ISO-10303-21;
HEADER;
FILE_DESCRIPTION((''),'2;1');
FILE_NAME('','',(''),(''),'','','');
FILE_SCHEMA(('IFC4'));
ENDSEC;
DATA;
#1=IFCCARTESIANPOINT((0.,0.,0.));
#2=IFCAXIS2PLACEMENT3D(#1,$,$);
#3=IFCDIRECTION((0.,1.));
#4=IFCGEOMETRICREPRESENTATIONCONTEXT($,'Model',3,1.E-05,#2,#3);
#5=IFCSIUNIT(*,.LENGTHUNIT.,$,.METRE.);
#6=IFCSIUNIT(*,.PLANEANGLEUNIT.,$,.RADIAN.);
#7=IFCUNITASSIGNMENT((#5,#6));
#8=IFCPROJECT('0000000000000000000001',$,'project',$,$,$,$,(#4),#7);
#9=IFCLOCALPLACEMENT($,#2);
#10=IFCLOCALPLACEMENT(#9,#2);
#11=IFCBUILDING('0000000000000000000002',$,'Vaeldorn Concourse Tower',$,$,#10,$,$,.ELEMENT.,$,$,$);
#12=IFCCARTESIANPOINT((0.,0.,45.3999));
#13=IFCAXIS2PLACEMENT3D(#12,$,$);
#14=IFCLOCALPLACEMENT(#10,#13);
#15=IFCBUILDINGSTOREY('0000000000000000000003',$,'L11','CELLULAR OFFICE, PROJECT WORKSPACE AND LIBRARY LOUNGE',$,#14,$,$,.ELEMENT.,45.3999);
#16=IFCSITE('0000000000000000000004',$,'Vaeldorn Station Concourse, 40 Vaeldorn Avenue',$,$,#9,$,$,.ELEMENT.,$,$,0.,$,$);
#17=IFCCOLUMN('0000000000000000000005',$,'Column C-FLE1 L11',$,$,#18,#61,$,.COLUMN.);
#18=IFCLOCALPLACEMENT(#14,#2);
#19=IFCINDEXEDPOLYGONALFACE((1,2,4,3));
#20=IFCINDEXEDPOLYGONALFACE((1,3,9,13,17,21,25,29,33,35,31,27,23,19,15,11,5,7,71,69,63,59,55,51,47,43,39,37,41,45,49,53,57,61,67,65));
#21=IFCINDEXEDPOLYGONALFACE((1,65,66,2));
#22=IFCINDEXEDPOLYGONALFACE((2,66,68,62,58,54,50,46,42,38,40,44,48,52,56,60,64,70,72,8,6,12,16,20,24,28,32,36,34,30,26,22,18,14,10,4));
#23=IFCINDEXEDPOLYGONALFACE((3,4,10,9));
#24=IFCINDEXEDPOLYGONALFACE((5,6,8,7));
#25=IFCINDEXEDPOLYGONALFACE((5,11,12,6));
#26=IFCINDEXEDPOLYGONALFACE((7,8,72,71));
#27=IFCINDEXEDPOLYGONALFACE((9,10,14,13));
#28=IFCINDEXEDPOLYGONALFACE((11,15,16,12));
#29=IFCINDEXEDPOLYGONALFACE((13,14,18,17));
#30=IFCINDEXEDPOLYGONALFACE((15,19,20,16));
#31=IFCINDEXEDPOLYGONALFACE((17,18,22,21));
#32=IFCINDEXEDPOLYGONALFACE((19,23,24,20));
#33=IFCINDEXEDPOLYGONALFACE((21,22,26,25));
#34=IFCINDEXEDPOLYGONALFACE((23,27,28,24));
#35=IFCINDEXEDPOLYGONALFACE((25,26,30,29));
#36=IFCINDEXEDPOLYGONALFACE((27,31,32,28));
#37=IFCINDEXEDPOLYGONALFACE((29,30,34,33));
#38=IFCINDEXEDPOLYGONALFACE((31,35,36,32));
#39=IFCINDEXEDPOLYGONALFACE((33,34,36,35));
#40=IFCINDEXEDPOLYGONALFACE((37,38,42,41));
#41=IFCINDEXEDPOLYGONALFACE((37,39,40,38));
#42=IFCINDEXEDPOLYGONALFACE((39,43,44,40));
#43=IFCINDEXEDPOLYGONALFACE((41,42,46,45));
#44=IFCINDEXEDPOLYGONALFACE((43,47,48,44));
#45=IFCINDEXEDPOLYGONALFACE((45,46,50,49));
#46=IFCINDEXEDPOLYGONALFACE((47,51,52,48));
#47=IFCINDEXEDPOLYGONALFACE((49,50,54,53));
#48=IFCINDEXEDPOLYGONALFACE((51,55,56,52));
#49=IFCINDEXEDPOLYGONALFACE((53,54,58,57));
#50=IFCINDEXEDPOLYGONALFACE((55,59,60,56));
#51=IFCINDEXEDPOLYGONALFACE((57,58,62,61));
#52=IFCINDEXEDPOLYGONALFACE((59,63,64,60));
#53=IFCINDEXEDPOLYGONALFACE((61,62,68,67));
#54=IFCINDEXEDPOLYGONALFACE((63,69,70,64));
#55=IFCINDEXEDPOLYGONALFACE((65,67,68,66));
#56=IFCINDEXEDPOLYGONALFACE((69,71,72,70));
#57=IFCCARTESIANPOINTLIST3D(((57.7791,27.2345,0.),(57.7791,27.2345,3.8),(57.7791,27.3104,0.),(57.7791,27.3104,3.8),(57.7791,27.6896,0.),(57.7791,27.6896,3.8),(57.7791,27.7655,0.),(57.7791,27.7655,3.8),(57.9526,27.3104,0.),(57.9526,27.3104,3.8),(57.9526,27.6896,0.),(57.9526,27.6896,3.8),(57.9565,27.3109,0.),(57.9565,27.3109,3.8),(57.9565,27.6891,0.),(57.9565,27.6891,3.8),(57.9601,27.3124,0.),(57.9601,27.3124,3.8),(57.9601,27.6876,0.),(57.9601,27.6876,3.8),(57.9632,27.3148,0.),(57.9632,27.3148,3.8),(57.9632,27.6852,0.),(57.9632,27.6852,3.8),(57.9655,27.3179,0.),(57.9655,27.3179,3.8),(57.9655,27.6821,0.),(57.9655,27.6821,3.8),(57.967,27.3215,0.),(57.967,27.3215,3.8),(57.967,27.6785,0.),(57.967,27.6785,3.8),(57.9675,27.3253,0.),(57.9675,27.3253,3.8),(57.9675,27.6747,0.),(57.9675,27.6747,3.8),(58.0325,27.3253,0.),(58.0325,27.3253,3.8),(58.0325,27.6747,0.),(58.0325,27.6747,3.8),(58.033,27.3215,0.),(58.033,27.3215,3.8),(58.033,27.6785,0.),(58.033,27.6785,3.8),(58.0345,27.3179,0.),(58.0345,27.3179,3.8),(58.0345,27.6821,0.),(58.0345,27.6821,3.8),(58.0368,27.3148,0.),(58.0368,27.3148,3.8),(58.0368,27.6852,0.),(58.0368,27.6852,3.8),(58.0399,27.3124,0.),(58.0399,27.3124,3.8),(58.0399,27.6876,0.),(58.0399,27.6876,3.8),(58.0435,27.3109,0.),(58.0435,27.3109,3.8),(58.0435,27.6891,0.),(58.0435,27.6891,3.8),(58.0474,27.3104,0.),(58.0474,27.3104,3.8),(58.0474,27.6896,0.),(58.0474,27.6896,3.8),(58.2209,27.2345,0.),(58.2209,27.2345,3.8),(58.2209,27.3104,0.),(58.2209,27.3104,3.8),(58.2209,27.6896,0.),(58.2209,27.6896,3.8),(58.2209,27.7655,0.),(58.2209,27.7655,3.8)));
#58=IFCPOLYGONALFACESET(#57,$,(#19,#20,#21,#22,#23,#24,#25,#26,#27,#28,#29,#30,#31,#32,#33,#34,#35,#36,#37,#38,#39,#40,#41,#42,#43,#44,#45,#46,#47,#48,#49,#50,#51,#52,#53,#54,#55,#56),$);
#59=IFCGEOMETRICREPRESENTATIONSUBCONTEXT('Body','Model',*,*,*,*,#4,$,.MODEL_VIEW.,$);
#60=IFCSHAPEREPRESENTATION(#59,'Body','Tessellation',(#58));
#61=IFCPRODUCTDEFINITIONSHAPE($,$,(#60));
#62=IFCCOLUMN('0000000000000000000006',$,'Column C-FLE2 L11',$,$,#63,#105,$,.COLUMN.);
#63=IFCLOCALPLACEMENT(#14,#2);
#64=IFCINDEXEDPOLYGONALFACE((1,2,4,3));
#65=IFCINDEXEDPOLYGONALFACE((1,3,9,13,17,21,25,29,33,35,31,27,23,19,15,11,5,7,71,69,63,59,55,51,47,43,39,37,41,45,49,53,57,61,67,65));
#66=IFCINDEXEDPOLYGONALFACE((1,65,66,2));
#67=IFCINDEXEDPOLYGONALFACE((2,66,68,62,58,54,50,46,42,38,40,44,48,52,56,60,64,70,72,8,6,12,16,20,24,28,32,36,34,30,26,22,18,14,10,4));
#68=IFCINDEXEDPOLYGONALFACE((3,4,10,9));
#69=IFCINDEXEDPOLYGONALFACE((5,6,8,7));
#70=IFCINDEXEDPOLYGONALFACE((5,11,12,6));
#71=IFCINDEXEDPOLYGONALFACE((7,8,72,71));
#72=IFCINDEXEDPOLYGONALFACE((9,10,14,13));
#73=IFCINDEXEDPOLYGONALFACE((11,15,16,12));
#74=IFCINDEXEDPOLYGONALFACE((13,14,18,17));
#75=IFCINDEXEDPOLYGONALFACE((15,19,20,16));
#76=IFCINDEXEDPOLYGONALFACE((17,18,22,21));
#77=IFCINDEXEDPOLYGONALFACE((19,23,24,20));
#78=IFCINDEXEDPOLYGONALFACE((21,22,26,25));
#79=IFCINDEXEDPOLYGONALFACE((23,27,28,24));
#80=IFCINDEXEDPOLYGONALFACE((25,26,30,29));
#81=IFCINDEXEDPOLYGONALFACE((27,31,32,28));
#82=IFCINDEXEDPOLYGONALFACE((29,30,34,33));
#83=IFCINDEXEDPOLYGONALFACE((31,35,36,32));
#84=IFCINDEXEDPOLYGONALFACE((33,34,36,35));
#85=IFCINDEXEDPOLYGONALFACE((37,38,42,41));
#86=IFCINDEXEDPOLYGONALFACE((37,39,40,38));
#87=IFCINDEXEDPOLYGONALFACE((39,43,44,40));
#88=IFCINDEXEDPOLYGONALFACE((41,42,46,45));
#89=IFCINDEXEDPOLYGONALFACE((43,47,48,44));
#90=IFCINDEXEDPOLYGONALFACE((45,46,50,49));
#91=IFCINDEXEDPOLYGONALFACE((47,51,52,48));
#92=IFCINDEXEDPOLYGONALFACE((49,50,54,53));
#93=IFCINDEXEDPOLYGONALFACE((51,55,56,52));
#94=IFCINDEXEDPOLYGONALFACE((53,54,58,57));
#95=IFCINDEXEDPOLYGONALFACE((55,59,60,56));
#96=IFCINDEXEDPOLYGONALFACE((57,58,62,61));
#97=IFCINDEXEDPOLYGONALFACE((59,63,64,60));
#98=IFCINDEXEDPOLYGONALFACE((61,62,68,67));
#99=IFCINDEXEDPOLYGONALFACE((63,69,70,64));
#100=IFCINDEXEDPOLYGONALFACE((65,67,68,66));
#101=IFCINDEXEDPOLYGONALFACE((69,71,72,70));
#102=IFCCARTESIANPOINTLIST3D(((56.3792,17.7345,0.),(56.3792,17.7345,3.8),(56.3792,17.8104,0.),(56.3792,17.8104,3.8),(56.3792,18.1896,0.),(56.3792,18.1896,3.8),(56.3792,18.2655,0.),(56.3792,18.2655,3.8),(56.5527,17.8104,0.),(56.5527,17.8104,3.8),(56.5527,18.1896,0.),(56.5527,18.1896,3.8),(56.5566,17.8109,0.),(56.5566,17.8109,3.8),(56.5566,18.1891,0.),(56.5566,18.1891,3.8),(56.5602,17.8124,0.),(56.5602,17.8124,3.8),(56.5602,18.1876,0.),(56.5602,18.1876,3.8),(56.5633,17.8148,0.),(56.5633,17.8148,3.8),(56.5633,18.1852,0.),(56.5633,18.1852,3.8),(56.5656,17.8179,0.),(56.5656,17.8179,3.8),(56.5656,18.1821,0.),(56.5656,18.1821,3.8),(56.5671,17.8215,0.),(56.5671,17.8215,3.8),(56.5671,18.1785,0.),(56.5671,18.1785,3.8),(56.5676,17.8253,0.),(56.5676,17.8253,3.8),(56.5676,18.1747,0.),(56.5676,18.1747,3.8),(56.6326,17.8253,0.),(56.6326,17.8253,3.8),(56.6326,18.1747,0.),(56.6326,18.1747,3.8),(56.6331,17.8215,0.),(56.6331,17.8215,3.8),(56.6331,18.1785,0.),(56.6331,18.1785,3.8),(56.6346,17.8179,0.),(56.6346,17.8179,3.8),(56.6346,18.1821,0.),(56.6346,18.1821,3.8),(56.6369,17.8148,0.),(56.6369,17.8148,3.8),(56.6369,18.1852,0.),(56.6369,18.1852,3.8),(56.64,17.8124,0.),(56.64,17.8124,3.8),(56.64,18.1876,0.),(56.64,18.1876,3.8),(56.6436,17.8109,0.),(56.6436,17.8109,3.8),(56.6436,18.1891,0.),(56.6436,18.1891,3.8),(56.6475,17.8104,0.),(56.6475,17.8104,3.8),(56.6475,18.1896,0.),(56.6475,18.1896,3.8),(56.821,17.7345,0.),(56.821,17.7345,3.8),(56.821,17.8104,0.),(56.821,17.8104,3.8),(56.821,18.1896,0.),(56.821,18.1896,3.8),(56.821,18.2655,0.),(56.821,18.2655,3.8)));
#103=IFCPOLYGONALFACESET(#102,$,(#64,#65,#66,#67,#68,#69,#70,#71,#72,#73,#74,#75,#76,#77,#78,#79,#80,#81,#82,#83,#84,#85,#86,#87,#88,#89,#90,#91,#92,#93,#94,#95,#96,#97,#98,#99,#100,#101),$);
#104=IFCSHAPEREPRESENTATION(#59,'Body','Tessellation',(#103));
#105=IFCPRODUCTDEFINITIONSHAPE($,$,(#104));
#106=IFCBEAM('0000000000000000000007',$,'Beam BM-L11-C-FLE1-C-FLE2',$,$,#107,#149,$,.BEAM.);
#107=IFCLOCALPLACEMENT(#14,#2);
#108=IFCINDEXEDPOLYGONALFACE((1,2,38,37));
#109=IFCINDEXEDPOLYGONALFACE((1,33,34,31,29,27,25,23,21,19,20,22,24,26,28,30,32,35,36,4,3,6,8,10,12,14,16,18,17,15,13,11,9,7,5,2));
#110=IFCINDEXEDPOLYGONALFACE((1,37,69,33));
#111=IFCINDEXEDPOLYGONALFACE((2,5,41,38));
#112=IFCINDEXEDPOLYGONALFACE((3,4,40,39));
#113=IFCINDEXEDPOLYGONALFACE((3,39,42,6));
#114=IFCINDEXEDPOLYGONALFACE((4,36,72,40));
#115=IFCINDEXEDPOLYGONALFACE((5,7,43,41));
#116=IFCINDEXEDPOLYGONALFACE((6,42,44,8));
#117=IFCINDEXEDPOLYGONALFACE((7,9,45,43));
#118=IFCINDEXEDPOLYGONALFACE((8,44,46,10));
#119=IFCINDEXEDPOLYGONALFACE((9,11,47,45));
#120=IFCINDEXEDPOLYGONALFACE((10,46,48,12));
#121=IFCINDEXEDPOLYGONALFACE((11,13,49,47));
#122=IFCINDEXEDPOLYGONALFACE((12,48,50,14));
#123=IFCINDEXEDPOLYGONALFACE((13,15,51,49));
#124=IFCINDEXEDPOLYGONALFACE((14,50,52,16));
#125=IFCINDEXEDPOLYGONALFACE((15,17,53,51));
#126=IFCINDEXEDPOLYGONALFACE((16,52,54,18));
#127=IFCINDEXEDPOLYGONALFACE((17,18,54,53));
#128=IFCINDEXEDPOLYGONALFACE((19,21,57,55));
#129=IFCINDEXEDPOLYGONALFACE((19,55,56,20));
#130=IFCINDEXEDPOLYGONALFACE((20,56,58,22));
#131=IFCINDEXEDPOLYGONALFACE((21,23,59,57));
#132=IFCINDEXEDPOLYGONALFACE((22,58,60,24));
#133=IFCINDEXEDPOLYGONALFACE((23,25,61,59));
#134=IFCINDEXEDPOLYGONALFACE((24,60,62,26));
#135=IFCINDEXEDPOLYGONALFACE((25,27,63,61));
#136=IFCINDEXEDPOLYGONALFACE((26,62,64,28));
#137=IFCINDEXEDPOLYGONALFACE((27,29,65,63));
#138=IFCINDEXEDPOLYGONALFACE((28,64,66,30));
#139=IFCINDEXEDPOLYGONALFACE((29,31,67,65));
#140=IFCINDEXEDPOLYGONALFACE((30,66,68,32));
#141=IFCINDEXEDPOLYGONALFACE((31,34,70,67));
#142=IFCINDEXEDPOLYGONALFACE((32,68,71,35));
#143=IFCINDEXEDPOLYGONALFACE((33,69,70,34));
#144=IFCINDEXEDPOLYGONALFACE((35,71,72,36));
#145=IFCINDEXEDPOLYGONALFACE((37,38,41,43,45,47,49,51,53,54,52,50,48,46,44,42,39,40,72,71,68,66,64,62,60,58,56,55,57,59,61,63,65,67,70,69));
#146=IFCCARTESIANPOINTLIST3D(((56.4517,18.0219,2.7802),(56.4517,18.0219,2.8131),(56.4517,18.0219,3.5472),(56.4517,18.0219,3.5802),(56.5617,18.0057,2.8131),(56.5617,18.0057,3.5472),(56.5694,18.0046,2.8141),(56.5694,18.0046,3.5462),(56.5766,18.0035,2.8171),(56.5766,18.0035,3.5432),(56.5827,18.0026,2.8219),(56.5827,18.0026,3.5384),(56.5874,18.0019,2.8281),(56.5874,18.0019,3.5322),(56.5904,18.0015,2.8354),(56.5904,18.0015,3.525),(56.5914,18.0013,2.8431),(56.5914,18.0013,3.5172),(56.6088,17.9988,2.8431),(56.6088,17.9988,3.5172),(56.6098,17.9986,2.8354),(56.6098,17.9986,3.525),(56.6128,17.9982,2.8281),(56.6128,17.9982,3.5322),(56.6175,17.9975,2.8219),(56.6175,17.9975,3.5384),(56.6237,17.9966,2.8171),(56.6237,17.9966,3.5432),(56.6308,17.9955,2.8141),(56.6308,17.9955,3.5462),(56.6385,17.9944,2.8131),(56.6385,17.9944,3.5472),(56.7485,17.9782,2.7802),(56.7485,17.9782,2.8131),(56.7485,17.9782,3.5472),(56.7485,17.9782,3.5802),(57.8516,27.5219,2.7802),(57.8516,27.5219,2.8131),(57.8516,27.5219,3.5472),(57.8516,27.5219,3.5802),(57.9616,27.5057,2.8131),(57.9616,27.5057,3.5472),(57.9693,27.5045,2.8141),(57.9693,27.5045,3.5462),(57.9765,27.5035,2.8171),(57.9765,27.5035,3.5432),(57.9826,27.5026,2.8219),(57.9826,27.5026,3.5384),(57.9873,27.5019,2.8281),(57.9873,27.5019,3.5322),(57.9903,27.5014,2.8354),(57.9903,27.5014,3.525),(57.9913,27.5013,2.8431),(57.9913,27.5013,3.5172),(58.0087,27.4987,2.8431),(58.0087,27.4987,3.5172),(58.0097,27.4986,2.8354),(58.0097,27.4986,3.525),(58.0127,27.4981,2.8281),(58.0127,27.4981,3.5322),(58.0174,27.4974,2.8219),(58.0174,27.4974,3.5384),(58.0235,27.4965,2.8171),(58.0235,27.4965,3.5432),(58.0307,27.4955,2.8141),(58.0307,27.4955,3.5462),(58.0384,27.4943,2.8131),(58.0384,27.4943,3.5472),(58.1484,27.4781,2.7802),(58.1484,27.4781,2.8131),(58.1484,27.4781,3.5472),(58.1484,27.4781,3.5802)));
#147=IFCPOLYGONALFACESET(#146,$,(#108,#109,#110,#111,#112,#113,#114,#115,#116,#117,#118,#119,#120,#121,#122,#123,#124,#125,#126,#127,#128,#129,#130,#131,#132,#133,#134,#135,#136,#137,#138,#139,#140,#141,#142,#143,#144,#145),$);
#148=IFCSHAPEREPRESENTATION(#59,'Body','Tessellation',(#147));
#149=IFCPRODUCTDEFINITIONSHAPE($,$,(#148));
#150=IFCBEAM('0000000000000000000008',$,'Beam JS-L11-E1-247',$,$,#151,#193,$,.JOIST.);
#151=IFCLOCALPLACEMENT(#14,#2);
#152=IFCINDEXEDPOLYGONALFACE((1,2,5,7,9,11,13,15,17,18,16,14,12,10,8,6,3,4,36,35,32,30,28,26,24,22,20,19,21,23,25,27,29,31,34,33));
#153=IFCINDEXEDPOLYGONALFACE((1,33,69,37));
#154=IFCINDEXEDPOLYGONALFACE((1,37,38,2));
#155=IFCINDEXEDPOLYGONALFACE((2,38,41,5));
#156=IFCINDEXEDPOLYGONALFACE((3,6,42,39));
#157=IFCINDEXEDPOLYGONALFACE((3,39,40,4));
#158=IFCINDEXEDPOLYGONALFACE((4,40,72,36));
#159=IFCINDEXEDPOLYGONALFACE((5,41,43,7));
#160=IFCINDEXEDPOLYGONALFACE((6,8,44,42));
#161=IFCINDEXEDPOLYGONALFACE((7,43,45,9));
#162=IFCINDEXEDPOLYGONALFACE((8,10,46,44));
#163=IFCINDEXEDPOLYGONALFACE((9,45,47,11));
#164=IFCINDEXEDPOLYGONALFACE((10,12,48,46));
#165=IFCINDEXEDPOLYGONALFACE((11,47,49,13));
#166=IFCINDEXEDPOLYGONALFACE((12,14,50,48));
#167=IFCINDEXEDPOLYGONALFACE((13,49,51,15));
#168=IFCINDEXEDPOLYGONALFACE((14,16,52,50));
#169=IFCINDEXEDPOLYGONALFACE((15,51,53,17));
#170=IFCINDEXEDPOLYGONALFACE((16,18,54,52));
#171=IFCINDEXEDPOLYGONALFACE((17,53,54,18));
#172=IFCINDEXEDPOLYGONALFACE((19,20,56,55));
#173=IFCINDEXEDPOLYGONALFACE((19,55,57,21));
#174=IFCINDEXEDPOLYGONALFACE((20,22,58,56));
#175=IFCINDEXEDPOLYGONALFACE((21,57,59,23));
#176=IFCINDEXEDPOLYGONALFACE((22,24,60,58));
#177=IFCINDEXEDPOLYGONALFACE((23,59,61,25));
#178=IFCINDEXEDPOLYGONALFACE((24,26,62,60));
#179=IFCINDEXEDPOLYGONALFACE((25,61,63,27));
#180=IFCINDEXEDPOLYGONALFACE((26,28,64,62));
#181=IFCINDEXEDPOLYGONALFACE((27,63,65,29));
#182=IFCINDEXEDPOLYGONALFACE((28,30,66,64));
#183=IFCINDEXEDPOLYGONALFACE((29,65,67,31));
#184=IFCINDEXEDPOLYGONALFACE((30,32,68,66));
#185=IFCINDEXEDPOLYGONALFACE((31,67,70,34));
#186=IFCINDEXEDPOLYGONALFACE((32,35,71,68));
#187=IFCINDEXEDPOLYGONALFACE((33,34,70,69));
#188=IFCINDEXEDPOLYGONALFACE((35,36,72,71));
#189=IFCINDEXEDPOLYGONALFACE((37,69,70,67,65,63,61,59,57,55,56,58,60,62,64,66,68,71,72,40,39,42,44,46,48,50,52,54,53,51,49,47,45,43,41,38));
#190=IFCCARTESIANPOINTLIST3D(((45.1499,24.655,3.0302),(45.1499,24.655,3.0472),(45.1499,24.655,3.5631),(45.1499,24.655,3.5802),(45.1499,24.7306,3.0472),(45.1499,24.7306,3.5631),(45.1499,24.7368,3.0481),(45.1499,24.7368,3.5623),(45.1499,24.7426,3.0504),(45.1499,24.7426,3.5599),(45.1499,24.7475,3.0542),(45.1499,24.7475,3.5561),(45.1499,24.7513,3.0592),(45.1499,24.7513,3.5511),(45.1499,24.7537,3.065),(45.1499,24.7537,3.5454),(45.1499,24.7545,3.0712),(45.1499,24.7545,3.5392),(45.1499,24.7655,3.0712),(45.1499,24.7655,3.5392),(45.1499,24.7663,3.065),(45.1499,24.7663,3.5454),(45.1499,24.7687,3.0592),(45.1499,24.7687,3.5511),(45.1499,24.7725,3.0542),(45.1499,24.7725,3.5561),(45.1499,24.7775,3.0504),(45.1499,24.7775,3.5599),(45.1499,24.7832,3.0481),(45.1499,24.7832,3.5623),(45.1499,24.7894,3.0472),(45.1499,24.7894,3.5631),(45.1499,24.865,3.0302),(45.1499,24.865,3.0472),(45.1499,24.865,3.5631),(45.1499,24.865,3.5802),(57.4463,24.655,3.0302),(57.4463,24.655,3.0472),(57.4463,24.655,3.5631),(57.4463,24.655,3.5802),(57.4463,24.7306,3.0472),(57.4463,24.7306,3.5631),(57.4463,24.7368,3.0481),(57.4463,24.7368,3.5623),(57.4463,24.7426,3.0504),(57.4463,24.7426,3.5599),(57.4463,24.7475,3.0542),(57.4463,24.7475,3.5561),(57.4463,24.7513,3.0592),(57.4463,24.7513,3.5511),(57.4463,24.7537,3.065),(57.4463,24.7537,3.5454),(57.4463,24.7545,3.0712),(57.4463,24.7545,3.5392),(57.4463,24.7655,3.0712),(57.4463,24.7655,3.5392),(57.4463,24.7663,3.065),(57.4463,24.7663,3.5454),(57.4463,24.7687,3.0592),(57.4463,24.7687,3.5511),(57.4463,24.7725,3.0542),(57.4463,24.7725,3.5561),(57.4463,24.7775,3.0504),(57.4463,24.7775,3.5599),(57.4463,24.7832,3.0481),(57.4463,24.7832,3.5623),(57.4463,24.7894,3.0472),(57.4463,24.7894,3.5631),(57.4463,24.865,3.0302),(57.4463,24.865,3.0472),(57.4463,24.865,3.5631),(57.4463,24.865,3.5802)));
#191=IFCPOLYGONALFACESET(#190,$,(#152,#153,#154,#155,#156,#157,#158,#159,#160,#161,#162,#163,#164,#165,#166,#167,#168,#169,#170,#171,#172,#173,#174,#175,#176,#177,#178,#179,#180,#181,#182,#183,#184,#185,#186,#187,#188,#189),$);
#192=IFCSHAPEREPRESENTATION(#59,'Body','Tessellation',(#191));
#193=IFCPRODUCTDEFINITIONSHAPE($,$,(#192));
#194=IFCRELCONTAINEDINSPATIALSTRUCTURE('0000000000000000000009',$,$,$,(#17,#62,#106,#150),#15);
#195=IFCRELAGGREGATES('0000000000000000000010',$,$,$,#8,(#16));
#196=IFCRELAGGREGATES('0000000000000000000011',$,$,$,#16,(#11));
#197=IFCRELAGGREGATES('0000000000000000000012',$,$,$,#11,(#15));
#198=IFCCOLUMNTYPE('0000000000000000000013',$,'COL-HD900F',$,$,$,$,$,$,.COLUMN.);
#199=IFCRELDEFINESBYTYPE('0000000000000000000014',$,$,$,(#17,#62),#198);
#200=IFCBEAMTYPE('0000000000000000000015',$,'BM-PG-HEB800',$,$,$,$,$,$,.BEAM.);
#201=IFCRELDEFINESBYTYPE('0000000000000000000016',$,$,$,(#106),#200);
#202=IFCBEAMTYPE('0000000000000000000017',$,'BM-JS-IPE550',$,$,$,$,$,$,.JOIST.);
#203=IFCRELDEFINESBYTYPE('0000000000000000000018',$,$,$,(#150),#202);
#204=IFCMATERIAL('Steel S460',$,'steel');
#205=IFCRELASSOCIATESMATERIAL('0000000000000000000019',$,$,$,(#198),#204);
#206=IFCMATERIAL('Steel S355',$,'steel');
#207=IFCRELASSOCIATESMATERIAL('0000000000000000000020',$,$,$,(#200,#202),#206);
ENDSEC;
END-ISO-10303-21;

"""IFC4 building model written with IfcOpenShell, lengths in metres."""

from ifc_helpers import new_model, si_unit, direction, frame, origin, origin_2d, place, context, subcontext, project, spatial, i_section, extrude, source, transform, mapped, material, material_profile, profile_set, type_object, element, save


model = new_model("IFC4")

# Units and contexts
model_context = context("Model", 3, precision=1e-05, world=origin(), true_north=direction((0.0, 1.0)))
body_context = subcontext(model_context, "Body", "Model", "MODEL_VIEW")
ifc_project = project(units=[si_unit("LENGTHUNIT", "METRE"), si_unit("PLANEANGLEUNIT", "RADIAN")], contexts=[model_context])

# Site, building, storey
site_placement = place(None, origin())
site = spatial("IfcSite", under=ifc_project, at=site_placement, Name="Vaeldorn Station Concourse, 40 Vaeldorn Avenue", CompositionType="ELEMENT", RefElevation=0.0)
building_placement = place(site_placement, origin())
building = spatial("IfcBuilding", under=site, at=building_placement, Name="Vaeldorn Concourse Tower", CompositionType="ELEMENT")
storey_placement = place(building_placement, frame((0.0, 0.0, 45.3999)))
storey = spatial("IfcBuildingStorey", under=building, at=storey_placement, Name="L11", Description="CELLULAR OFFICE, PROJECT WORKSPACE AND LIBRARY LOUNGE", CompositionType="ELEMENT", Elevation=45.3999)

# Columns
ifc_material_1 = material(Name="Steel S460", Category="steel")
ifc_material_profile_1 = material_profile(ifc_material_1, i_section(OverallWidth=0.4419, OverallDepth=0.531, WebThickness=0.0649, FlangeThickness=0.0759, FilletRadius=0.0149, at=origin_2d()), Name="HD 400x900")
ifc_profile_set_1 = profile_set([ifc_material_profile_1], Name="Steel S460")
column_type = type_object("IfcColumnType", Name="COL-HD900F", PredefinedType="COLUMN", material=ifc_profile_set_1)
shared_shape_1 = source(origin(), body_context, "Body", "SweptSolid", [
    extrude(i_section(OverallWidth=0.4419, OverallDepth=0.531, WebThickness=0.0649, FlangeThickness=0.0759, FilletRadius=0.0149, at=origin_2d()), origin(), (0.0, 0.0, 1.0), 3.8),
])
for number, where, z_axis, x_axis, name in (
    (1, (58.0, 27.5, 0.0), (0.0, 0.0, 1.0), (1.0, 0.0, 0.0), "Column C-FLE1 L11"),
    (2, (56.6001, 18.0, 0.0), (0.0, 0.0, 1.0), (1.0, 0.0, 0.0), "Column C-FLE2 L11"),
):
    element("IfcColumn", number, at=place(storey_placement, frame(where, z_axis=z_axis, x_axis=x_axis)), inside=storey, type_object=column_type, Name=name, PredefinedType="COLUMN", context=body_context, shape_type="MappedRepresentation", body=[
        mapped(shared_shape_1, transform((0.0, 0.0, 0.0), scale=1.0)),
    ])

# Beams
ifc_material_2 = material(Name="Steel S355", Category="steel")
ifc_material_profile_2 = material_profile(ifc_material_2, i_section(OverallWidth=0.3, OverallDepth=0.8, WebThickness=0.0176, FlangeThickness=0.033, FilletRadius=0.03, at=origin_2d()), Name="HEB 800")
ifc_profile_set_2 = profile_set([ifc_material_profile_2], Name="Steel S355")
beam_type_1 = type_object("IfcBeamType", Name="BM-PG-HEB800", PredefinedType="BEAM", material=ifc_profile_set_2)
shared_shape_2 = source(origin(), body_context, "Body", "SweptSolid", [
    extrude(i_section(OverallWidth=0.3, OverallDepth=0.8, WebThickness=0.0176, FlangeThickness=0.033, FilletRadius=0.03, at=origin_2d()), origin(), (0.0, 0.0, 1.0), 9.6025),
])
beam_1_placement = place(storey_placement, frame((58.0, 27.5, 3.1802), z_axis=(-0.145784, -0.989316, 0.0), x_axis=(0.989316, -0.145784, 0.0)))
element("IfcBeam", 3, at=beam_1_placement, inside=storey, type_object=beam_type_1, Name="Beam BM-L11-C-FLE1-C-FLE2", PredefinedType="BEAM", context=body_context, shape_type="MappedRepresentation", body=[
    mapped(shared_shape_2, transform((0.0, 0.0, 0.0), scale=1.0)),
])
ifc_material_profile_3 = material_profile(ifc_material_2, i_section(OverallWidth=0.21, OverallDepth=0.55, WebThickness=0.011, FlangeThickness=0.0171, FilletRadius=0.0239, at=origin_2d()), Name="IPE 550")
ifc_profile_set_3 = profile_set([ifc_material_profile_3], Name="Steel S355")
beam_type_2 = type_object("IfcBeamType", Name="BM-JS-IPE550", PredefinedType="JOIST", material=ifc_profile_set_3)
shared_shape_3 = source(origin(), body_context, "Body", "SweptSolid", [
    extrude(i_section(OverallWidth=0.21, OverallDepth=0.55, WebThickness=0.011, FlangeThickness=0.0171, FilletRadius=0.0239, at=origin_2d()), origin(), (0.0, 0.0, 1.0), 12.2964),
])
beam_2_placement = place(storey_placement, frame((45.1499, 24.76, 3.3052), z_axis=(1.0, 0.0, 0.0), x_axis=(0.0, 1.0, 0.0)))
element("IfcBeam", 4, at=beam_2_placement, inside=storey, type_object=beam_type_2, Name="Beam JS-L11-E1-247", PredefinedType="JOIST", context=body_context, shape_type="MappedRepresentation", body=[
    mapped(shared_shape_3, transform((0.0, 0.0, 0.0), scale=1.0)),
])

save(model, "model.ifc")
